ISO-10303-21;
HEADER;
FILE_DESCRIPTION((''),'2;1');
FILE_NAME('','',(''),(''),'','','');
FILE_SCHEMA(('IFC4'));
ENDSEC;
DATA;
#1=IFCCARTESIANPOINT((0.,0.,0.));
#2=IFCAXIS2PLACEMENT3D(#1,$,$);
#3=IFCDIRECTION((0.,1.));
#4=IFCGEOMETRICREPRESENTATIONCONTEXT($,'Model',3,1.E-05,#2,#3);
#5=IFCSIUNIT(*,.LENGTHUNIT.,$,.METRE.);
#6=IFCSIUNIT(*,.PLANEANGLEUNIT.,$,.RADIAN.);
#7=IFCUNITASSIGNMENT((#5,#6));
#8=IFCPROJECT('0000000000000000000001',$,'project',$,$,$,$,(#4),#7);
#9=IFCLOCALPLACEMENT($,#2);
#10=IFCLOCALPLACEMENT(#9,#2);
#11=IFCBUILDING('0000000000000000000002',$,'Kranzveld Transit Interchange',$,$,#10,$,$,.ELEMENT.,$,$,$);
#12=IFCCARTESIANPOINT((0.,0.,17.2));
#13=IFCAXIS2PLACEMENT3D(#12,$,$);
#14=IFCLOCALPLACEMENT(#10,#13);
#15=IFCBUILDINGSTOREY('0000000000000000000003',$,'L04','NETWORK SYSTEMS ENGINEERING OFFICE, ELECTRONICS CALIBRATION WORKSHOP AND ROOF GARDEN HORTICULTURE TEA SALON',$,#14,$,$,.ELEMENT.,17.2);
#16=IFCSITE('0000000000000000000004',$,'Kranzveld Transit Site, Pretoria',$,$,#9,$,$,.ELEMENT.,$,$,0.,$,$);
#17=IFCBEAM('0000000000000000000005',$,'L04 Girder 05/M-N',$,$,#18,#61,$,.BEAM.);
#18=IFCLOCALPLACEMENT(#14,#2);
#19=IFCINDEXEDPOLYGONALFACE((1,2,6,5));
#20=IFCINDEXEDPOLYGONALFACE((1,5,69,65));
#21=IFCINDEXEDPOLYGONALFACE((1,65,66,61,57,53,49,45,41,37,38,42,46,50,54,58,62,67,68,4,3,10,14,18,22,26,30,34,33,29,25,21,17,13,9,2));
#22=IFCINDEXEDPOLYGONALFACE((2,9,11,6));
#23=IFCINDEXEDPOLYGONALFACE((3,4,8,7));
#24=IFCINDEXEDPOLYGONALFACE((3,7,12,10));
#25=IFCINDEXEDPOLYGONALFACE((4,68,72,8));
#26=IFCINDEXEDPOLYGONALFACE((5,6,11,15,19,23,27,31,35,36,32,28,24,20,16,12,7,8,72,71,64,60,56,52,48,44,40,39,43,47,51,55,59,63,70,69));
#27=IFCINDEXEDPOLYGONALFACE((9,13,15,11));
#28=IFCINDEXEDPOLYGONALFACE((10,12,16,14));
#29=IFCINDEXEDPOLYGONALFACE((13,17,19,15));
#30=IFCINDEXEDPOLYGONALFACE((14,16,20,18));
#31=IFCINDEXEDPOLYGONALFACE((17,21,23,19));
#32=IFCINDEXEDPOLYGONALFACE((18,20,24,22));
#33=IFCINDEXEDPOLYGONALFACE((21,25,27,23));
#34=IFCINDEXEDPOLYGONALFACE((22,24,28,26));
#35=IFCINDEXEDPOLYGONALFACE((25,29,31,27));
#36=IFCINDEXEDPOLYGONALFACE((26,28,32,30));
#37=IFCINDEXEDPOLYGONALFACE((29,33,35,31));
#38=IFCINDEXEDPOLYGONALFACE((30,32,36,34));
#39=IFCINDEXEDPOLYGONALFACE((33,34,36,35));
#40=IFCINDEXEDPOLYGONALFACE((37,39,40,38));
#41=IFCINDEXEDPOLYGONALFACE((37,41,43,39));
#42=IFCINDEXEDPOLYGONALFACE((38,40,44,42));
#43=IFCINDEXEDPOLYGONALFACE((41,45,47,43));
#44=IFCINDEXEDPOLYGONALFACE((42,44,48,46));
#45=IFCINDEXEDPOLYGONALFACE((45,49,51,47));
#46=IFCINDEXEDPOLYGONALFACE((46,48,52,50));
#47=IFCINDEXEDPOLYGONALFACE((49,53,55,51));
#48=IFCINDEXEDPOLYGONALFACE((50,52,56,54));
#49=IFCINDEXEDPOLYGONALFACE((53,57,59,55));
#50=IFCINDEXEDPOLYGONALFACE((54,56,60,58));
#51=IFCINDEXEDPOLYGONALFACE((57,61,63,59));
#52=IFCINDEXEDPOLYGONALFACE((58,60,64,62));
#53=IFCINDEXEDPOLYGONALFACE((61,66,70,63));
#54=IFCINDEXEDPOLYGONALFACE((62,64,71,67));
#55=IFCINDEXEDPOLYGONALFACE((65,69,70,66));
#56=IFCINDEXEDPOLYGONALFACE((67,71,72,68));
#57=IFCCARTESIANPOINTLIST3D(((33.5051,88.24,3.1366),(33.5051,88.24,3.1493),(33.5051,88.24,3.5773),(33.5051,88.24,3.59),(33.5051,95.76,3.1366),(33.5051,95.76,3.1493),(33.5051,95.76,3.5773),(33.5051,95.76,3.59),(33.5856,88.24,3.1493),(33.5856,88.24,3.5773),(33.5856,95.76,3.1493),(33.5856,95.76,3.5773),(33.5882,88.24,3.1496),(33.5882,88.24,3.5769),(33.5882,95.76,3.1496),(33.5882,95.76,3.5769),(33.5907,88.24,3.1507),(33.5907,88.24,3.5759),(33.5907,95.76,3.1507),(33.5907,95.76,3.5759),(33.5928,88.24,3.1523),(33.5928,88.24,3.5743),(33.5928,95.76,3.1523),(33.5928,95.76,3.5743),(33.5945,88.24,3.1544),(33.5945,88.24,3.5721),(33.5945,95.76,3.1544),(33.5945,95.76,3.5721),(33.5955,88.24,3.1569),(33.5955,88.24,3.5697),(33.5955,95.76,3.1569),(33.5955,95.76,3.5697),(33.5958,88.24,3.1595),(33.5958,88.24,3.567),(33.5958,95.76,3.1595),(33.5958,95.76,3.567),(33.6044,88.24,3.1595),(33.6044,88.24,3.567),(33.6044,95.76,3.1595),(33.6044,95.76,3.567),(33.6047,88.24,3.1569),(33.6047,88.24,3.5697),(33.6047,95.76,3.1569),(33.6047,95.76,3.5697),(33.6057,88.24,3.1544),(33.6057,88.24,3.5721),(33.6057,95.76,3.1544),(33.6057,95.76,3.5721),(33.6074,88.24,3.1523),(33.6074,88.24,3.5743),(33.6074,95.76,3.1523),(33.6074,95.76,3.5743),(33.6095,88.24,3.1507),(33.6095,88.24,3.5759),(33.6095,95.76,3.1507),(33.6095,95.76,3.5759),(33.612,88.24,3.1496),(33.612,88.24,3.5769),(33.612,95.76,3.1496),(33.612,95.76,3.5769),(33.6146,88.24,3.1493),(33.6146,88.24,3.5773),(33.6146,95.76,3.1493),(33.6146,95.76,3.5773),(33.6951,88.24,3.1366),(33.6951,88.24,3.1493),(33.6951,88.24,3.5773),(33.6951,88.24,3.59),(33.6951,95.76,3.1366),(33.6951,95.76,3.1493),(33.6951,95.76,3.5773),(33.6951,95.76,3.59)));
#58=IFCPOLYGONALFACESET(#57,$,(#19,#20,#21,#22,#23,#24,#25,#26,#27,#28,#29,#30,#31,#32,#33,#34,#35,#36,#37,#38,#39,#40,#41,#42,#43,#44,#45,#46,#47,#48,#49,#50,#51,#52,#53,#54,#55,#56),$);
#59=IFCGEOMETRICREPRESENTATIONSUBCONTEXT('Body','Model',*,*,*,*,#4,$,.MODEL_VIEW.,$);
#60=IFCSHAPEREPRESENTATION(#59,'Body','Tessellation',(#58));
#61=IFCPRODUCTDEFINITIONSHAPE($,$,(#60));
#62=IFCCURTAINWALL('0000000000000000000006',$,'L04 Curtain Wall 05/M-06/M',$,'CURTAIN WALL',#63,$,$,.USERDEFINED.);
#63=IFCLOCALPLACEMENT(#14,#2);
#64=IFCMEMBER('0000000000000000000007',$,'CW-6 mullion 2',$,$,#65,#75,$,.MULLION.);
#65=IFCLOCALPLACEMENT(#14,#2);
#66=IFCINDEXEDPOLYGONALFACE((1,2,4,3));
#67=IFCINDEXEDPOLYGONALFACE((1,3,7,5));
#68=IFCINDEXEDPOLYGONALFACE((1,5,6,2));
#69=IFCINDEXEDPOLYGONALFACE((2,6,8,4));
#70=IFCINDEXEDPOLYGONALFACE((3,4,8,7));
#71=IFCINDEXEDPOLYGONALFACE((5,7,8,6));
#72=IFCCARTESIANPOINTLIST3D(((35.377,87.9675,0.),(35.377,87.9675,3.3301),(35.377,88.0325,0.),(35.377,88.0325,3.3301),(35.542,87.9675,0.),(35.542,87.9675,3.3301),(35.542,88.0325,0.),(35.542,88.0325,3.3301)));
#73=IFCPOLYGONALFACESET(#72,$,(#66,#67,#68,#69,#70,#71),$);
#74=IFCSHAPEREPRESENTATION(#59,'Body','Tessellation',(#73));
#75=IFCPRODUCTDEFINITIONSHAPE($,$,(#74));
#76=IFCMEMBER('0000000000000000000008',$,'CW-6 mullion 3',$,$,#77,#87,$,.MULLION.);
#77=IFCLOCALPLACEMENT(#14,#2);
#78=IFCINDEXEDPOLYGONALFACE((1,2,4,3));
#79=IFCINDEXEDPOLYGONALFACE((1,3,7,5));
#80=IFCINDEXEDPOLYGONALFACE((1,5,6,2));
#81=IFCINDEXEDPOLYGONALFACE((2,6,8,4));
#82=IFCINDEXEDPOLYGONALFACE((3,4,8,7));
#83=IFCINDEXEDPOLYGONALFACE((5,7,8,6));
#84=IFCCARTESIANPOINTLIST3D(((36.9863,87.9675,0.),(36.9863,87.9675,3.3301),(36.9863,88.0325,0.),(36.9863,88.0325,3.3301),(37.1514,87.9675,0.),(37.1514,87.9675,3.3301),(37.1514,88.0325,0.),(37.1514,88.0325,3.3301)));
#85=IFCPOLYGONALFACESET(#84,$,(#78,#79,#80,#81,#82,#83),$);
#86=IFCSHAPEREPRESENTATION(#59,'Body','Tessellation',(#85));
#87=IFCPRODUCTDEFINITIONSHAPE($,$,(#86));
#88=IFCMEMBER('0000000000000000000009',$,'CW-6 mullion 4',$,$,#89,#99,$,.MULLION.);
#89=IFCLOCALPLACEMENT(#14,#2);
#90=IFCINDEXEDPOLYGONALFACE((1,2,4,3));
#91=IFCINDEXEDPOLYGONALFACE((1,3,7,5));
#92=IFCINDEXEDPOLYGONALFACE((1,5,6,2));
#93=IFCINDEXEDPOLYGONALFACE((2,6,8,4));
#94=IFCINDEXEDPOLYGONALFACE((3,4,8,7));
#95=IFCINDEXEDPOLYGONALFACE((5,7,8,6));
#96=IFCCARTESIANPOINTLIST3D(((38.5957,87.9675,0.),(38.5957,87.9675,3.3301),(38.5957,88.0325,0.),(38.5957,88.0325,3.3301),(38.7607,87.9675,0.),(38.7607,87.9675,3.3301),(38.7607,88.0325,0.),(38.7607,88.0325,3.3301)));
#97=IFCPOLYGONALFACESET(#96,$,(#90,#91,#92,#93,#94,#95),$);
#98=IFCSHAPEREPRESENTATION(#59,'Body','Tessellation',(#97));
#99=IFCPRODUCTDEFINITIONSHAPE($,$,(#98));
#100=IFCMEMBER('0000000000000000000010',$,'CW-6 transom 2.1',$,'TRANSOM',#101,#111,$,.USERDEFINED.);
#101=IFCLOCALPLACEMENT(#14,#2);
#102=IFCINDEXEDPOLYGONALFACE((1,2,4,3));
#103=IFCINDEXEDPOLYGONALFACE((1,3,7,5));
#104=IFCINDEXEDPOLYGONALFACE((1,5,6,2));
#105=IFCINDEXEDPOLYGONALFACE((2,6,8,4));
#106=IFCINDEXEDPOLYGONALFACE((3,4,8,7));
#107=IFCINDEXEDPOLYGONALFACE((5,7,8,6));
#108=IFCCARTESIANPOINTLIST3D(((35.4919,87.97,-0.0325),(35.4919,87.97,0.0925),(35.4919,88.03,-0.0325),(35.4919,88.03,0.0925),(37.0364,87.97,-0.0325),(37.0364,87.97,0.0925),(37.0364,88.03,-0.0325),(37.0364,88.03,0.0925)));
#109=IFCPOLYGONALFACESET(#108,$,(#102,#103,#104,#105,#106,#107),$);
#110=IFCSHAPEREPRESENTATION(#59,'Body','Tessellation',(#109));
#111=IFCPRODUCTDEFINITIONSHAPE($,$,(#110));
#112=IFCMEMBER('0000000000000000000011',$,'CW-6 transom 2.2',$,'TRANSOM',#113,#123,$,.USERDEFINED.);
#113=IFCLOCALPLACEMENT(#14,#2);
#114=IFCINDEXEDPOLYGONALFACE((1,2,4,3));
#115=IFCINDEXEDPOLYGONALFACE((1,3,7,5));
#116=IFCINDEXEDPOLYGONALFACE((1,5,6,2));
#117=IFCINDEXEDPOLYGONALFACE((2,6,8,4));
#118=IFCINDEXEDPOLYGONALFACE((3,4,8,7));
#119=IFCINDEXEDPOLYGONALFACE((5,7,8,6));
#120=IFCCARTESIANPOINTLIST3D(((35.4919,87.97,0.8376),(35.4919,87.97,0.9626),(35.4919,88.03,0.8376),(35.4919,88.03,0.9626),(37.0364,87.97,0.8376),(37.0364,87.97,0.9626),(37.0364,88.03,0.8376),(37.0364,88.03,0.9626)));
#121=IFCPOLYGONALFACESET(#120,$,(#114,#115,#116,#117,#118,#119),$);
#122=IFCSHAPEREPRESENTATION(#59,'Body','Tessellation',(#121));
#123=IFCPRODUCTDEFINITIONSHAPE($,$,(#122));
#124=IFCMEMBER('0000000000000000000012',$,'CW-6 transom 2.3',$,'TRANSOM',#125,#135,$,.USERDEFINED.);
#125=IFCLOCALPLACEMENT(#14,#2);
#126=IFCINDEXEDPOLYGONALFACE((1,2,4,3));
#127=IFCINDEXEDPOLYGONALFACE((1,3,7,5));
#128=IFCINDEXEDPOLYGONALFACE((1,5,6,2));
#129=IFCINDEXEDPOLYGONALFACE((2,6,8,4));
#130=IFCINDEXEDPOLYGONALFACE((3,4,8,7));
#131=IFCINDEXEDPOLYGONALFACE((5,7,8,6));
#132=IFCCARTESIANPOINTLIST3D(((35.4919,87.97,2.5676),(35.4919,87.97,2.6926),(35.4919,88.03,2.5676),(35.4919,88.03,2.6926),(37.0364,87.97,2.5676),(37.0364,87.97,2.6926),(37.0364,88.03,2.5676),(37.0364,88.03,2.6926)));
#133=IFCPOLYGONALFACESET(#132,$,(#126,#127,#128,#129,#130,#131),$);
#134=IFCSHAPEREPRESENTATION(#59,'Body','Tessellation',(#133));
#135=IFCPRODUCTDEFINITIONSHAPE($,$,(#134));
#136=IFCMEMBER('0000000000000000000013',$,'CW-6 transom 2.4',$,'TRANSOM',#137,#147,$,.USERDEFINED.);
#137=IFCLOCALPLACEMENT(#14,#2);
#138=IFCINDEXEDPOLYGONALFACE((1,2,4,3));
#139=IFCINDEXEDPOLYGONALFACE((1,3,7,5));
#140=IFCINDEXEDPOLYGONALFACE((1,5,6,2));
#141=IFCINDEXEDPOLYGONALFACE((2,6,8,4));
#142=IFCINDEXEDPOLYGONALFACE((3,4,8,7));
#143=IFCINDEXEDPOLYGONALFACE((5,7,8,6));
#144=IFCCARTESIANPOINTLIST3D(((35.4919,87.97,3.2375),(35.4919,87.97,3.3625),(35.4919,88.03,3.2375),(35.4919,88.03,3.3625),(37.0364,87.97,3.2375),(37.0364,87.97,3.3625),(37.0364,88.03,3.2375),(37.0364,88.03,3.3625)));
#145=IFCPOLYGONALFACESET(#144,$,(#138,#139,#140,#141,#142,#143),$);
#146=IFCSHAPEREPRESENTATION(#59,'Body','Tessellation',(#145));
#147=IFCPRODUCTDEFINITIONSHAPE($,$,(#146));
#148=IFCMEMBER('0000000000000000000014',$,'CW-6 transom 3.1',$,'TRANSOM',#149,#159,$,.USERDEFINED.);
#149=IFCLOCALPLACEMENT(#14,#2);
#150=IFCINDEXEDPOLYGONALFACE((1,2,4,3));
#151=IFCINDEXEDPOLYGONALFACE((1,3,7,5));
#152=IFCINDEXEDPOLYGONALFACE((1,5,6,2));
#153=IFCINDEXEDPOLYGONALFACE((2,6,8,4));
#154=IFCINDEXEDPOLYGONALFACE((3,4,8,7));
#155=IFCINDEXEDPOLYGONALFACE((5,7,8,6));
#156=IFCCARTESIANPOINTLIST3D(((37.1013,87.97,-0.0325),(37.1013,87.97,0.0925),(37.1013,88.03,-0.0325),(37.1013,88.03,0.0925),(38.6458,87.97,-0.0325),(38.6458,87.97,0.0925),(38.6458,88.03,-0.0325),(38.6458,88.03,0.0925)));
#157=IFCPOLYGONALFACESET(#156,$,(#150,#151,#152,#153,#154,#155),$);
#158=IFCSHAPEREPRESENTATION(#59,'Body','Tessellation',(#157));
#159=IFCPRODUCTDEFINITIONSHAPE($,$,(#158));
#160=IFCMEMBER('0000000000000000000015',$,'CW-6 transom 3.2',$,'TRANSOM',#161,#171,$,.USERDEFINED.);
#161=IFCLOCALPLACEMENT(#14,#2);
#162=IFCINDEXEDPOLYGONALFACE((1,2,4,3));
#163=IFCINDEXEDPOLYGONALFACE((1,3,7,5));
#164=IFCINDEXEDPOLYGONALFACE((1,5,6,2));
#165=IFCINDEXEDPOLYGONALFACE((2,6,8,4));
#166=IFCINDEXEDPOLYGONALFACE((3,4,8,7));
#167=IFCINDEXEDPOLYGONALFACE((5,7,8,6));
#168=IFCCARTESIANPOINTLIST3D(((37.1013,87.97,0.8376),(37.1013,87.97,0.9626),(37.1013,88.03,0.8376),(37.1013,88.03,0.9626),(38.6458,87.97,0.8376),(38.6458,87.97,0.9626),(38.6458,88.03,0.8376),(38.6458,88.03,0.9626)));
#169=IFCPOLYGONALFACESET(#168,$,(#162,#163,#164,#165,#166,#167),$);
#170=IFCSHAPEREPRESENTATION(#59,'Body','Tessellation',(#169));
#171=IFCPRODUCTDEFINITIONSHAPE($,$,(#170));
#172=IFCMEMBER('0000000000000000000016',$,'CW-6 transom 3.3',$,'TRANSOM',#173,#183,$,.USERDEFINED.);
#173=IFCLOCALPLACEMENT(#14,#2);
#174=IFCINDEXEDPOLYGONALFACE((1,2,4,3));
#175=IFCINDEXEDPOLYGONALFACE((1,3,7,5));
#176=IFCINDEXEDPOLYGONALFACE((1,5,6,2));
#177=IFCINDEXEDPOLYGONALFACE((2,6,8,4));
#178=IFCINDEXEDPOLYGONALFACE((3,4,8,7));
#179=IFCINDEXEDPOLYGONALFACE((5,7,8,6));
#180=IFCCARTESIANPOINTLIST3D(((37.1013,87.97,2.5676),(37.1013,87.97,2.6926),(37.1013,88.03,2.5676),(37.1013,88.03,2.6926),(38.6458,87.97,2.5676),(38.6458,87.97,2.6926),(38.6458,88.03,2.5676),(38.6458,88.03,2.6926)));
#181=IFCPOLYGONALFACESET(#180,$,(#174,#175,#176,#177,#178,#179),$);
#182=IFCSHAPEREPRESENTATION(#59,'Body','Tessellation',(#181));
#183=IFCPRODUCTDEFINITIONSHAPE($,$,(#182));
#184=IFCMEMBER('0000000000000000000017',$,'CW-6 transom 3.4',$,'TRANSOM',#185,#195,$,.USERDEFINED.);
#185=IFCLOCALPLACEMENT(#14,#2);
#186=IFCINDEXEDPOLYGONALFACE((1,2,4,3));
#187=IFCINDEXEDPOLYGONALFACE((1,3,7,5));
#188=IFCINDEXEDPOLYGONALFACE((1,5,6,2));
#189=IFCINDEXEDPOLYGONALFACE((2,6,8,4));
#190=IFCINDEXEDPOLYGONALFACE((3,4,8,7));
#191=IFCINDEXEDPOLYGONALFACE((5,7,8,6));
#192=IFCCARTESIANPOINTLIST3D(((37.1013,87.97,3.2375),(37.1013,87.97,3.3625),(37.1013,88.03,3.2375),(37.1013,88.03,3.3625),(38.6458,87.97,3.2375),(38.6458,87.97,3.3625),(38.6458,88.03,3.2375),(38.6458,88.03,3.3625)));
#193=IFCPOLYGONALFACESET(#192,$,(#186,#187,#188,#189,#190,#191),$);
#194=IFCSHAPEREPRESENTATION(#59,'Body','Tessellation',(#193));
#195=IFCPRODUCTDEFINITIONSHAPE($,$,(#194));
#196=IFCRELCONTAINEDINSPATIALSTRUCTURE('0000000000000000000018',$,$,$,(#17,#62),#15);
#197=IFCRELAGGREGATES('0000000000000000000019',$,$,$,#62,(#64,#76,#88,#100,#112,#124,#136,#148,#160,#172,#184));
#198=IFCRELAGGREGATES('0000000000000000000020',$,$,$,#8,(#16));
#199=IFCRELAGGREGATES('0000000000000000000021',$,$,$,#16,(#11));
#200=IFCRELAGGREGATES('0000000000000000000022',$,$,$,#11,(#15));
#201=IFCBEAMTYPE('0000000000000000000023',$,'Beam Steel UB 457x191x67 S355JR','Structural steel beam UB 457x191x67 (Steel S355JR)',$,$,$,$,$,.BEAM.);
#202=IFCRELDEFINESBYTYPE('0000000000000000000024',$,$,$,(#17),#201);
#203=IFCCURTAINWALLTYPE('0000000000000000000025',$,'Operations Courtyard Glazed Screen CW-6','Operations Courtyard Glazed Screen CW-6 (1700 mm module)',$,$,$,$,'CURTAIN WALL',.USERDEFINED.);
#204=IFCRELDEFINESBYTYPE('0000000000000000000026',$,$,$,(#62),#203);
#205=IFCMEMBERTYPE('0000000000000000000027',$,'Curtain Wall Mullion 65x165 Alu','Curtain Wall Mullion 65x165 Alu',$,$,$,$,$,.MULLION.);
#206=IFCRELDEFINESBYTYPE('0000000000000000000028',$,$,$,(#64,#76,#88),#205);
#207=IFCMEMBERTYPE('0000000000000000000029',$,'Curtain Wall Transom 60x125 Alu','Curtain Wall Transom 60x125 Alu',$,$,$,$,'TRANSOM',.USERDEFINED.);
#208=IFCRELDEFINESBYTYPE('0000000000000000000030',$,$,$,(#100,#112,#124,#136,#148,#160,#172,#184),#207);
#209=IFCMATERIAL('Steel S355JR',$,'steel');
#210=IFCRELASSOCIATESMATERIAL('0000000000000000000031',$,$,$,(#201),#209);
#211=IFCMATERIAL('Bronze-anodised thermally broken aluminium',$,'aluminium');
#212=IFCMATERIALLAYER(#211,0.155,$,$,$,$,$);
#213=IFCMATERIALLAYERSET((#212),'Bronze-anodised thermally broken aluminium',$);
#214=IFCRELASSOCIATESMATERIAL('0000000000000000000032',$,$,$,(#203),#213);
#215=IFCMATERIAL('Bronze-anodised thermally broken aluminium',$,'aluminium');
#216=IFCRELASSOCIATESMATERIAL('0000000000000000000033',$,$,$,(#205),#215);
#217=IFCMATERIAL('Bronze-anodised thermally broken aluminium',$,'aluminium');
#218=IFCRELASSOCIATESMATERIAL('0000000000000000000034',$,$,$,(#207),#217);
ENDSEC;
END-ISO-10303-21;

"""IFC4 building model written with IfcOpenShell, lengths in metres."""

from ifc_helpers import new_model, si_unit, direction, frame, origin, origin_2d, place, context, subcontext, project, spatial, rectangle, i_section, extrude, material, layer, layer_set, material_profile, profile_set, type_object, element, aggregate, save


model = new_model("IFC4")

# Units and contexts
model_context = context("Model", 3, precision=1e-05, world=origin(), true_north=direction((0.0, 1.0)))
body_context = subcontext(model_context, "Body", "Model", "MODEL_VIEW")
ifc_project = project(units=[si_unit("LENGTHUNIT", "METRE"), si_unit("PLANEANGLEUNIT", "RADIAN")], contexts=[model_context])

# Site, building, storey
site_placement = place(None, origin())
site = spatial("IfcSite", under=ifc_project, at=site_placement, Name="Kranzveld Transit Site, Pretoria", CompositionType="ELEMENT", RefElevation=0.0)
building_placement = place(site_placement, origin())
building = spatial("IfcBuilding", under=site, at=building_placement, Name="Kranzveld Transit Interchange", CompositionType="ELEMENT")
storey_placement = place(building_placement, frame((0.0, 0.0, 17.2)))
storey = spatial("IfcBuildingStorey", under=building, at=storey_placement, Name="L04", Description="NETWORK SYSTEMS ENGINEERING OFFICE, ELECTRONICS CALIBRATION WORKSHOP AND ROOF GARDEN HORTICULTURE TEA SALON", CompositionType="ELEMENT", Elevation=17.2)

# Beam
ifc_material_1 = material(Name="Steel S355JR", Category="steel")
ifc_material_profile_1 = material_profile(ifc_material_1, i_section(OverallWidth=0.1899, OverallDepth=0.4534, WebThickness=0.0085, FlangeThickness=0.0127, FilletRadius=0.0103, at=origin_2d()), Name="UB 457x191x67")
ifc_profile_set_1 = profile_set([ifc_material_profile_1], Name="Steel S355JR")
beam_type_1 = type_object("IfcBeamType", Name="Beam Steel UB 457x191x67 S355JR", Description="Structural steel beam UB 457x191x67 (Steel S355JR)", PredefinedType="BEAM", material=ifc_profile_set_1)
beam_1_placement = place(storey_placement, frame((33.6001, 88.24, 3.3633), z_axis=(0.0, 1.0, 0.0), x_axis=(-1.0, 0.0, 0.0)))
element("IfcBeam", 1, at=beam_1_placement, inside=storey, type_object=beam_type_1, Name="L04 Girder 05/M-N", PredefinedType="BEAM", context=body_context, shape_type="SweptSolid", body=[
    extrude(i_section(OverallWidth=0.1899, OverallDepth=0.4534, WebThickness=0.0085, FlangeThickness=0.0127, FilletRadius=0.0103, at=origin_2d()), origin(), (0.0, 0.0, 1.0), 7.52),
])

# Curtain wall, members
ifc_material_2 = material(Name="Bronze-anodised thermally broken aluminium", Category="aluminium")
ifc_layer_1 = layer(ifc_material_2, 0.155)
ifc_layer_set_1 = layer_set([ifc_layer_1], Name="Bronze-anodised thermally broken aluminium")
curtain_wall_type = type_object("IfcCurtainWallType", Name="Operations Courtyard Glazed Screen CW-6", Description="Operations Courtyard Glazed Screen CW-6 (1700 mm module)", ElementType="CURTAIN WALL", PredefinedType="USERDEFINED", material=ifc_layer_set_1)
curtain_wall_placement = place(storey_placement, origin())
curtain_wall = element("IfcCurtainWall", 2, at=curtain_wall_placement, inside=storey, type_object=curtain_wall_type, Name="L04 Curtain Wall 05/M-06/M", ObjectType="CURTAIN WALL", PredefinedType="USERDEFINED")
ifc_material_3 = material(Name="Bronze-anodised thermally broken aluminium", Category="aluminium")
ifc_material_profile_2 = material_profile(ifc_material_3, rectangle(XDim=0.0649, YDim=0.165, at=origin_2d()), Name="ALU MULLION 65x165")
ifc_profile_set_2 = profile_set([ifc_material_profile_2], Name="Bronze-anodised thermally broken aluminium")
member_type_1 = type_object("IfcMemberType", Name="Curtain Wall Mullion 65x165 Alu", Description="Curtain Wall Mullion 65x165 Alu", PredefinedType="MULLION", material=ifc_profile_set_2)
member_1_placement = place(storey_placement, frame((35.4595, 88.0, 0.0), z_axis=(0.0, 0.0, 1.0), x_axis=(0.0, 1.0, 0.0)))
member_1 = element("IfcMember", 3, at=member_1_placement, type_object=member_type_1, Name="CW-6 mullion 2", PredefinedType="MULLION", context=body_context, shape_type="SweptSolid", body=[
    extrude(rectangle(XDim=0.0649, YDim=0.165, at=origin_2d()), origin(), (0.0, 0.0, 1.0), 3.3301),
])
member_2_placement = place(storey_placement, frame((37.0688, 88.0, 0.0), z_axis=(0.0, 0.0, 1.0), x_axis=(0.0, 1.0, 0.0)))
member_2 = element("IfcMember", 4, at=member_2_placement, type_object=member_type_1, Name="CW-6 mullion 3", PredefinedType="MULLION", context=body_context, shape_type="SweptSolid", body=[
    extrude(rectangle(XDim=0.0649, YDim=0.165, at=origin_2d()), origin(), (0.0, 0.0, 1.0), 3.3301),
])
member_3_placement = place(storey_placement, frame((38.6782, 88.0, 0.0), z_axis=(0.0, 0.0, 1.0), x_axis=(0.0, 1.0, 0.0)))
member_3 = element("IfcMember", 5, at=member_3_placement, type_object=member_type_1, Name="CW-6 mullion 4", PredefinedType="MULLION", context=body_context, shape_type="SweptSolid", body=[
    extrude(rectangle(XDim=0.0649, YDim=0.165, at=origin_2d()), origin(), (0.0, 0.0, 1.0), 3.3301),
])
ifc_material_4 = material(Name="Bronze-anodised thermally broken aluminium", Category="aluminium")
ifc_material_profile_3 = material_profile(ifc_material_4, rectangle(XDim=0.0601, YDim=0.125, at=origin_2d()), Name="ALU TRANSOM 60x125")
ifc_profile_set_3 = profile_set([ifc_material_profile_3], Name="Bronze-anodised thermally broken aluminium")
member_type_2 = type_object("IfcMemberType", Name="Curtain Wall Transom 60x125 Alu", Description="Curtain Wall Transom 60x125 Alu", ElementType="TRANSOM", PredefinedType="USERDEFINED", material=ifc_profile_set_3)
member_4_placement = place(storey_placement, frame((35.4919, 88.0, 0.03), z_axis=(1.0, 0.0, 0.0), x_axis=(0.0, 1.0, 0.0)))
member_4 = element("IfcMember", 6, at=member_4_placement, type_object=member_type_2, Name="CW-6 transom 2.1", ObjectType="TRANSOM", PredefinedType="USERDEFINED", context=body_context, shape_type="SweptSolid", body=[
    extrude(rectangle(XDim=0.0601, YDim=0.125, at=origin_2d()), origin(), (0.0, 0.0, 1.0), 1.5444),
])
member_5_placement = place(storey_placement, frame((35.4919, 88.0, 0.9001), z_axis=(1.0, 0.0, 0.0), x_axis=(0.0, 1.0, 0.0)))
member_5 = element("IfcMember", 7, at=member_5_placement, type_object=member_type_2, Name="CW-6 transom 2.2", ObjectType="TRANSOM", PredefinedType="USERDEFINED", context=body_context, shape_type="SweptSolid", body=[
    extrude(rectangle(XDim=0.0601, YDim=0.125, at=origin_2d()), origin(), (0.0, 0.0, 1.0), 1.5444),
])
member_6_placement = place(storey_placement, frame((35.4919, 88.0, 2.6301), z_axis=(1.0, 0.0, 0.0), x_axis=(0.0, 1.0, 0.0)))
member_6 = element("IfcMember", 8, at=member_6_placement, type_object=member_type_2, Name="CW-6 transom 2.3", ObjectType="TRANSOM", PredefinedType="USERDEFINED", context=body_context, shape_type="SweptSolid", body=[
    extrude(rectangle(XDim=0.0601, YDim=0.125, at=origin_2d()), origin(), (0.0, 0.0, 1.0), 1.5444),
])
member_7_placement = place(storey_placement, frame((35.4919, 88.0, 3.3), z_axis=(1.0, 0.0, 0.0), x_axis=(0.0, 1.0, 0.0)))
member_7 = element("IfcMember", 9, at=member_7_placement, type_object=member_type_2, Name="CW-6 transom 2.4", ObjectType="TRANSOM", PredefinedType="USERDEFINED", context=body_context, shape_type="SweptSolid", body=[
    extrude(rectangle(XDim=0.0601, YDim=0.125, at=origin_2d()), origin(), (0.0, 0.0, 1.0), 1.5444),
])
member_8_placement = place(storey_placement, frame((37.1013, 88.0, 0.03), z_axis=(1.0, 0.0, 0.0), x_axis=(0.0, 1.0, 0.0)))
member_8 = element("IfcMember", 10, at=member_8_placement, type_object=member_type_2, Name="CW-6 transom 3.1", ObjectType="TRANSOM", PredefinedType="USERDEFINED", context=body_context, shape_type="SweptSolid", body=[
    extrude(rectangle(XDim=0.0601, YDim=0.125, at=origin_2d()), origin(), (0.0, 0.0, 1.0), 1.5444),
])
member_9_placement = place(storey_placement, frame((37.1013, 88.0, 0.9001), z_axis=(1.0, 0.0, 0.0), x_axis=(0.0, 1.0, 0.0)))
member_9 = element("IfcMember", 11, at=member_9_placement, type_object=member_type_2, Name="CW-6 transom 3.2", ObjectType="TRANSOM", PredefinedType="USERDEFINED", context=body_context, shape_type="SweptSolid", body=[
    extrude(rectangle(XDim=0.0601, YDim=0.125, at=origin_2d()), origin(), (0.0, 0.0, 1.0), 1.5444),
])
member_10_placement = place(storey_placement, frame((37.1013, 88.0, 2.6301), z_axis=(1.0, 0.0, 0.0), x_axis=(0.0, 1.0, 0.0)))
member_10 = element("IfcMember", 12, at=member_10_placement, type_object=member_type_2, Name="CW-6 transom 3.3", ObjectType="TRANSOM", PredefinedType="USERDEFINED", context=body_context, shape_type="SweptSolid", body=[
    extrude(rectangle(XDim=0.0601, YDim=0.125, at=origin_2d()), origin(), (0.0, 0.0, 1.0), 1.5444),
])
member_11_placement = place(storey_placement, frame((37.1013, 88.0, 3.3), z_axis=(1.0, 0.0, 0.0), x_axis=(0.0, 1.0, 0.0)))
member_11 = element("IfcMember", 13, at=member_11_placement, type_object=member_type_2, Name="CW-6 transom 3.4", ObjectType="TRANSOM", PredefinedType="USERDEFINED", context=body_context, shape_type="SweptSolid", body=[
    extrude(rectangle(XDim=0.0601, YDim=0.125, at=origin_2d()), origin(), (0.0, 0.0, 1.0), 1.5444),
])

aggregate(curtain_wall, [member_1, member_2, member_3, member_4, member_5, member_6, member_7, member_8, member_9, member_10, member_11])

save(model, "model.ifc")
